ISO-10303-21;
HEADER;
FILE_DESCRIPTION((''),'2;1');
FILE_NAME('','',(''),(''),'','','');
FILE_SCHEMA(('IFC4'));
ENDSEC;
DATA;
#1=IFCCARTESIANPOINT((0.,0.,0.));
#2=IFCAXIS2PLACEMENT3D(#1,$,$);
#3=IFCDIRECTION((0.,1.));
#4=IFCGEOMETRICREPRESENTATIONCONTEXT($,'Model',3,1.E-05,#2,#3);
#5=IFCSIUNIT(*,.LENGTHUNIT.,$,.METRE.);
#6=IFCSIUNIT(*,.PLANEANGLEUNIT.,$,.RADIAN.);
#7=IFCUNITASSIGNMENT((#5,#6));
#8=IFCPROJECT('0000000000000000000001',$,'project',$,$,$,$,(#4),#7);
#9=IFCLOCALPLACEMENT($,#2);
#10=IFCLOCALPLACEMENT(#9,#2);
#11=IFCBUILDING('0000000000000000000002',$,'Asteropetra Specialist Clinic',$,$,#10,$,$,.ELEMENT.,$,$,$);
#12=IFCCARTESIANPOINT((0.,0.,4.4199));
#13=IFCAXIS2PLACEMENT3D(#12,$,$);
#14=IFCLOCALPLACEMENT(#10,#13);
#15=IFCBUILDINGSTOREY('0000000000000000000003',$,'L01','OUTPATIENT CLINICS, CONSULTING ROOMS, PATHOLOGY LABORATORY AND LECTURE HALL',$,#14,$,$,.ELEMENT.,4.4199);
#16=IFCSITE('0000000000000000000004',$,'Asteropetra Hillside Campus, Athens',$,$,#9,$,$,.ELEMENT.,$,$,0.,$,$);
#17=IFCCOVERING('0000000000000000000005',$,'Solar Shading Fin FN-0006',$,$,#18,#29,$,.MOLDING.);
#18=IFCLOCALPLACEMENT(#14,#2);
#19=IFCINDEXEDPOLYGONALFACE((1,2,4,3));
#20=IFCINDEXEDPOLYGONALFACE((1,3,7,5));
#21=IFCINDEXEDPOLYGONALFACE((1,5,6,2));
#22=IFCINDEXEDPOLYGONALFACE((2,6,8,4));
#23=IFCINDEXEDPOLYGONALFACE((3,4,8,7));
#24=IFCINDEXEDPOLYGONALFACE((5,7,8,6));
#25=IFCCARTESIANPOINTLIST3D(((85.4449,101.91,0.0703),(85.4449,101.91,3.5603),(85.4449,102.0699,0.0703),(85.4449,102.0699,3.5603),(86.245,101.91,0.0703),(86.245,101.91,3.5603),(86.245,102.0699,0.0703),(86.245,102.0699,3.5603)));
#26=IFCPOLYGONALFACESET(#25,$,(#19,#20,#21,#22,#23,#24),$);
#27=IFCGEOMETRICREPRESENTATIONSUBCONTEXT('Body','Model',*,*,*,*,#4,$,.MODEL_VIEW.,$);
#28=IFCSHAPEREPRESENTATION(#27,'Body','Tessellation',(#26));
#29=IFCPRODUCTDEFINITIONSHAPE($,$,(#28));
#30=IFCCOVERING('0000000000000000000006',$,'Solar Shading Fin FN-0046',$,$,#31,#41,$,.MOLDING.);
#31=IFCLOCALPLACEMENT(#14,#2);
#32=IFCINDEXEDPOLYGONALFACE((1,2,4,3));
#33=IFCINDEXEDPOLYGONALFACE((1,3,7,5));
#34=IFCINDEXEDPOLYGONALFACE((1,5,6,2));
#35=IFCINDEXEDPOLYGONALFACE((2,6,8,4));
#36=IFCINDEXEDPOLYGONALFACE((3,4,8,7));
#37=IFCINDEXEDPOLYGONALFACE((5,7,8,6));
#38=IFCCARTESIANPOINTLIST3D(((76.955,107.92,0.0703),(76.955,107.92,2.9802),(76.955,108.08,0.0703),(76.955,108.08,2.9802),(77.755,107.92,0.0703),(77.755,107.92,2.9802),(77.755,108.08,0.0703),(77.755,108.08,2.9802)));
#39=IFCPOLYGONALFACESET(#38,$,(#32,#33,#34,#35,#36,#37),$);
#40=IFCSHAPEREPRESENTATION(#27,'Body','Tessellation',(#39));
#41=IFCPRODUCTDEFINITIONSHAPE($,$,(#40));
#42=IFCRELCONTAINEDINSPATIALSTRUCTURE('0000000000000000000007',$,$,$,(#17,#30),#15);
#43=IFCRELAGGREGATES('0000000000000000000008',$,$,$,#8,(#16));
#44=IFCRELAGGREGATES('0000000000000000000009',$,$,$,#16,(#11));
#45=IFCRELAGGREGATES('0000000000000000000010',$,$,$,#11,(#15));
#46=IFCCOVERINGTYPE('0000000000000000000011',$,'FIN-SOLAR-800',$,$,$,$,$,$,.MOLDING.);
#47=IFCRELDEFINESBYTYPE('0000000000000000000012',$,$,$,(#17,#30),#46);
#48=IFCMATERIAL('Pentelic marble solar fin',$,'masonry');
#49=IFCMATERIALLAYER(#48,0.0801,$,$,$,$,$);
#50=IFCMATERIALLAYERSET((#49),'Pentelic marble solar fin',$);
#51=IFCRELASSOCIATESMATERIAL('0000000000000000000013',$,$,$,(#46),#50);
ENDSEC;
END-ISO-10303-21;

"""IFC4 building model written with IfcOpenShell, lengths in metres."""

from ifc_helpers import new_model, si_unit, direction, frame, origin, origin_2d, place, context, subcontext, project, spatial, rectangle, extrude, material, layer, layer_set, type_object, element, save


model = new_model("IFC4")

# Units and contexts
model_context = context("Model", 3, precision=1e-05, world=origin(), true_north=direction((0.0, 1.0)))
body_context = subcontext(model_context, "Body", "Model", "MODEL_VIEW")
ifc_project = project(units=[si_unit("LENGTHUNIT", "METRE"), si_unit("PLANEANGLEUNIT", "RADIAN")], contexts=[model_context])

# Site, building, storey
site_placement = place(None, origin())
site = spatial("IfcSite", under=ifc_project, at=site_placement, Name="Asteropetra Hillside Campus, Athens", CompositionType="ELEMENT", RefElevation=0.0)
building_placement = place(site_placement, origin())
building = spatial("IfcBuilding", under=site, at=building_placement, Name="Asteropetra Specialist Clinic", CompositionType="ELEMENT")
storey_placement = place(building_placement, frame((0.0, 0.0, 4.4199)))
storey = spatial("IfcBuildingStorey", under=building, at=storey_placement, Name="L01", Description="OUTPATIENT CLINICS, CONSULTING ROOMS, PATHOLOGY LABORATORY AND LECTURE HALL", CompositionType="ELEMENT", Elevation=4.4199)

# Coverings
ifc_material_1 = material(Name="Pentelic marble solar fin", Category="masonry")
ifc_layer_1 = layer(ifc_material_1, 0.0801)
ifc_layer_set_1 = layer_set([ifc_layer_1], Name="Pentelic marble solar fin")
covering_type_1 = type_object("IfcCoveringType", Name="FIN-SOLAR-800", PredefinedType="MOLDING", material=ifc_layer_set_1)
covering_1_placement = place(storey_placement, frame((85.845, 101.99, 0.0703), z_axis=(0.0, 0.0, 1.0), x_axis=(1.0, 0.0, 0.0)))
element("IfcCovering", 1, at=covering_1_placement, inside=storey, type_object=covering_type_1, Name="Solar Shading Fin FN-0006", PredefinedType="MOLDING", context=body_context, shape_type="SweptSolid", body=[
    extrude(rectangle(XDim=0.8, YDim=0.1599, at=origin_2d()), origin(), (0.0, 0.0, 1.0), 3.49),
])
covering_2_placement = place(storey_placement, frame((77.355, 108.0, 0.0703), z_axis=(0.0, 0.0, 1.0), x_axis=(1.0, 0.0, 0.0)))
element("IfcCovering", 2, at=covering_2_placement, inside=storey, type_object=covering_type_1, Name="Solar Shading Fin FN-0046", PredefinedType="MOLDING", context=body_context, shape_type="SweptSolid", body=[
    extrude(rectangle(XDim=0.8, YDim=0.1599, at=origin_2d()), origin(), (0.0, 0.0, 1.0), 2.9099),
])

save(model, "model.ifc")
